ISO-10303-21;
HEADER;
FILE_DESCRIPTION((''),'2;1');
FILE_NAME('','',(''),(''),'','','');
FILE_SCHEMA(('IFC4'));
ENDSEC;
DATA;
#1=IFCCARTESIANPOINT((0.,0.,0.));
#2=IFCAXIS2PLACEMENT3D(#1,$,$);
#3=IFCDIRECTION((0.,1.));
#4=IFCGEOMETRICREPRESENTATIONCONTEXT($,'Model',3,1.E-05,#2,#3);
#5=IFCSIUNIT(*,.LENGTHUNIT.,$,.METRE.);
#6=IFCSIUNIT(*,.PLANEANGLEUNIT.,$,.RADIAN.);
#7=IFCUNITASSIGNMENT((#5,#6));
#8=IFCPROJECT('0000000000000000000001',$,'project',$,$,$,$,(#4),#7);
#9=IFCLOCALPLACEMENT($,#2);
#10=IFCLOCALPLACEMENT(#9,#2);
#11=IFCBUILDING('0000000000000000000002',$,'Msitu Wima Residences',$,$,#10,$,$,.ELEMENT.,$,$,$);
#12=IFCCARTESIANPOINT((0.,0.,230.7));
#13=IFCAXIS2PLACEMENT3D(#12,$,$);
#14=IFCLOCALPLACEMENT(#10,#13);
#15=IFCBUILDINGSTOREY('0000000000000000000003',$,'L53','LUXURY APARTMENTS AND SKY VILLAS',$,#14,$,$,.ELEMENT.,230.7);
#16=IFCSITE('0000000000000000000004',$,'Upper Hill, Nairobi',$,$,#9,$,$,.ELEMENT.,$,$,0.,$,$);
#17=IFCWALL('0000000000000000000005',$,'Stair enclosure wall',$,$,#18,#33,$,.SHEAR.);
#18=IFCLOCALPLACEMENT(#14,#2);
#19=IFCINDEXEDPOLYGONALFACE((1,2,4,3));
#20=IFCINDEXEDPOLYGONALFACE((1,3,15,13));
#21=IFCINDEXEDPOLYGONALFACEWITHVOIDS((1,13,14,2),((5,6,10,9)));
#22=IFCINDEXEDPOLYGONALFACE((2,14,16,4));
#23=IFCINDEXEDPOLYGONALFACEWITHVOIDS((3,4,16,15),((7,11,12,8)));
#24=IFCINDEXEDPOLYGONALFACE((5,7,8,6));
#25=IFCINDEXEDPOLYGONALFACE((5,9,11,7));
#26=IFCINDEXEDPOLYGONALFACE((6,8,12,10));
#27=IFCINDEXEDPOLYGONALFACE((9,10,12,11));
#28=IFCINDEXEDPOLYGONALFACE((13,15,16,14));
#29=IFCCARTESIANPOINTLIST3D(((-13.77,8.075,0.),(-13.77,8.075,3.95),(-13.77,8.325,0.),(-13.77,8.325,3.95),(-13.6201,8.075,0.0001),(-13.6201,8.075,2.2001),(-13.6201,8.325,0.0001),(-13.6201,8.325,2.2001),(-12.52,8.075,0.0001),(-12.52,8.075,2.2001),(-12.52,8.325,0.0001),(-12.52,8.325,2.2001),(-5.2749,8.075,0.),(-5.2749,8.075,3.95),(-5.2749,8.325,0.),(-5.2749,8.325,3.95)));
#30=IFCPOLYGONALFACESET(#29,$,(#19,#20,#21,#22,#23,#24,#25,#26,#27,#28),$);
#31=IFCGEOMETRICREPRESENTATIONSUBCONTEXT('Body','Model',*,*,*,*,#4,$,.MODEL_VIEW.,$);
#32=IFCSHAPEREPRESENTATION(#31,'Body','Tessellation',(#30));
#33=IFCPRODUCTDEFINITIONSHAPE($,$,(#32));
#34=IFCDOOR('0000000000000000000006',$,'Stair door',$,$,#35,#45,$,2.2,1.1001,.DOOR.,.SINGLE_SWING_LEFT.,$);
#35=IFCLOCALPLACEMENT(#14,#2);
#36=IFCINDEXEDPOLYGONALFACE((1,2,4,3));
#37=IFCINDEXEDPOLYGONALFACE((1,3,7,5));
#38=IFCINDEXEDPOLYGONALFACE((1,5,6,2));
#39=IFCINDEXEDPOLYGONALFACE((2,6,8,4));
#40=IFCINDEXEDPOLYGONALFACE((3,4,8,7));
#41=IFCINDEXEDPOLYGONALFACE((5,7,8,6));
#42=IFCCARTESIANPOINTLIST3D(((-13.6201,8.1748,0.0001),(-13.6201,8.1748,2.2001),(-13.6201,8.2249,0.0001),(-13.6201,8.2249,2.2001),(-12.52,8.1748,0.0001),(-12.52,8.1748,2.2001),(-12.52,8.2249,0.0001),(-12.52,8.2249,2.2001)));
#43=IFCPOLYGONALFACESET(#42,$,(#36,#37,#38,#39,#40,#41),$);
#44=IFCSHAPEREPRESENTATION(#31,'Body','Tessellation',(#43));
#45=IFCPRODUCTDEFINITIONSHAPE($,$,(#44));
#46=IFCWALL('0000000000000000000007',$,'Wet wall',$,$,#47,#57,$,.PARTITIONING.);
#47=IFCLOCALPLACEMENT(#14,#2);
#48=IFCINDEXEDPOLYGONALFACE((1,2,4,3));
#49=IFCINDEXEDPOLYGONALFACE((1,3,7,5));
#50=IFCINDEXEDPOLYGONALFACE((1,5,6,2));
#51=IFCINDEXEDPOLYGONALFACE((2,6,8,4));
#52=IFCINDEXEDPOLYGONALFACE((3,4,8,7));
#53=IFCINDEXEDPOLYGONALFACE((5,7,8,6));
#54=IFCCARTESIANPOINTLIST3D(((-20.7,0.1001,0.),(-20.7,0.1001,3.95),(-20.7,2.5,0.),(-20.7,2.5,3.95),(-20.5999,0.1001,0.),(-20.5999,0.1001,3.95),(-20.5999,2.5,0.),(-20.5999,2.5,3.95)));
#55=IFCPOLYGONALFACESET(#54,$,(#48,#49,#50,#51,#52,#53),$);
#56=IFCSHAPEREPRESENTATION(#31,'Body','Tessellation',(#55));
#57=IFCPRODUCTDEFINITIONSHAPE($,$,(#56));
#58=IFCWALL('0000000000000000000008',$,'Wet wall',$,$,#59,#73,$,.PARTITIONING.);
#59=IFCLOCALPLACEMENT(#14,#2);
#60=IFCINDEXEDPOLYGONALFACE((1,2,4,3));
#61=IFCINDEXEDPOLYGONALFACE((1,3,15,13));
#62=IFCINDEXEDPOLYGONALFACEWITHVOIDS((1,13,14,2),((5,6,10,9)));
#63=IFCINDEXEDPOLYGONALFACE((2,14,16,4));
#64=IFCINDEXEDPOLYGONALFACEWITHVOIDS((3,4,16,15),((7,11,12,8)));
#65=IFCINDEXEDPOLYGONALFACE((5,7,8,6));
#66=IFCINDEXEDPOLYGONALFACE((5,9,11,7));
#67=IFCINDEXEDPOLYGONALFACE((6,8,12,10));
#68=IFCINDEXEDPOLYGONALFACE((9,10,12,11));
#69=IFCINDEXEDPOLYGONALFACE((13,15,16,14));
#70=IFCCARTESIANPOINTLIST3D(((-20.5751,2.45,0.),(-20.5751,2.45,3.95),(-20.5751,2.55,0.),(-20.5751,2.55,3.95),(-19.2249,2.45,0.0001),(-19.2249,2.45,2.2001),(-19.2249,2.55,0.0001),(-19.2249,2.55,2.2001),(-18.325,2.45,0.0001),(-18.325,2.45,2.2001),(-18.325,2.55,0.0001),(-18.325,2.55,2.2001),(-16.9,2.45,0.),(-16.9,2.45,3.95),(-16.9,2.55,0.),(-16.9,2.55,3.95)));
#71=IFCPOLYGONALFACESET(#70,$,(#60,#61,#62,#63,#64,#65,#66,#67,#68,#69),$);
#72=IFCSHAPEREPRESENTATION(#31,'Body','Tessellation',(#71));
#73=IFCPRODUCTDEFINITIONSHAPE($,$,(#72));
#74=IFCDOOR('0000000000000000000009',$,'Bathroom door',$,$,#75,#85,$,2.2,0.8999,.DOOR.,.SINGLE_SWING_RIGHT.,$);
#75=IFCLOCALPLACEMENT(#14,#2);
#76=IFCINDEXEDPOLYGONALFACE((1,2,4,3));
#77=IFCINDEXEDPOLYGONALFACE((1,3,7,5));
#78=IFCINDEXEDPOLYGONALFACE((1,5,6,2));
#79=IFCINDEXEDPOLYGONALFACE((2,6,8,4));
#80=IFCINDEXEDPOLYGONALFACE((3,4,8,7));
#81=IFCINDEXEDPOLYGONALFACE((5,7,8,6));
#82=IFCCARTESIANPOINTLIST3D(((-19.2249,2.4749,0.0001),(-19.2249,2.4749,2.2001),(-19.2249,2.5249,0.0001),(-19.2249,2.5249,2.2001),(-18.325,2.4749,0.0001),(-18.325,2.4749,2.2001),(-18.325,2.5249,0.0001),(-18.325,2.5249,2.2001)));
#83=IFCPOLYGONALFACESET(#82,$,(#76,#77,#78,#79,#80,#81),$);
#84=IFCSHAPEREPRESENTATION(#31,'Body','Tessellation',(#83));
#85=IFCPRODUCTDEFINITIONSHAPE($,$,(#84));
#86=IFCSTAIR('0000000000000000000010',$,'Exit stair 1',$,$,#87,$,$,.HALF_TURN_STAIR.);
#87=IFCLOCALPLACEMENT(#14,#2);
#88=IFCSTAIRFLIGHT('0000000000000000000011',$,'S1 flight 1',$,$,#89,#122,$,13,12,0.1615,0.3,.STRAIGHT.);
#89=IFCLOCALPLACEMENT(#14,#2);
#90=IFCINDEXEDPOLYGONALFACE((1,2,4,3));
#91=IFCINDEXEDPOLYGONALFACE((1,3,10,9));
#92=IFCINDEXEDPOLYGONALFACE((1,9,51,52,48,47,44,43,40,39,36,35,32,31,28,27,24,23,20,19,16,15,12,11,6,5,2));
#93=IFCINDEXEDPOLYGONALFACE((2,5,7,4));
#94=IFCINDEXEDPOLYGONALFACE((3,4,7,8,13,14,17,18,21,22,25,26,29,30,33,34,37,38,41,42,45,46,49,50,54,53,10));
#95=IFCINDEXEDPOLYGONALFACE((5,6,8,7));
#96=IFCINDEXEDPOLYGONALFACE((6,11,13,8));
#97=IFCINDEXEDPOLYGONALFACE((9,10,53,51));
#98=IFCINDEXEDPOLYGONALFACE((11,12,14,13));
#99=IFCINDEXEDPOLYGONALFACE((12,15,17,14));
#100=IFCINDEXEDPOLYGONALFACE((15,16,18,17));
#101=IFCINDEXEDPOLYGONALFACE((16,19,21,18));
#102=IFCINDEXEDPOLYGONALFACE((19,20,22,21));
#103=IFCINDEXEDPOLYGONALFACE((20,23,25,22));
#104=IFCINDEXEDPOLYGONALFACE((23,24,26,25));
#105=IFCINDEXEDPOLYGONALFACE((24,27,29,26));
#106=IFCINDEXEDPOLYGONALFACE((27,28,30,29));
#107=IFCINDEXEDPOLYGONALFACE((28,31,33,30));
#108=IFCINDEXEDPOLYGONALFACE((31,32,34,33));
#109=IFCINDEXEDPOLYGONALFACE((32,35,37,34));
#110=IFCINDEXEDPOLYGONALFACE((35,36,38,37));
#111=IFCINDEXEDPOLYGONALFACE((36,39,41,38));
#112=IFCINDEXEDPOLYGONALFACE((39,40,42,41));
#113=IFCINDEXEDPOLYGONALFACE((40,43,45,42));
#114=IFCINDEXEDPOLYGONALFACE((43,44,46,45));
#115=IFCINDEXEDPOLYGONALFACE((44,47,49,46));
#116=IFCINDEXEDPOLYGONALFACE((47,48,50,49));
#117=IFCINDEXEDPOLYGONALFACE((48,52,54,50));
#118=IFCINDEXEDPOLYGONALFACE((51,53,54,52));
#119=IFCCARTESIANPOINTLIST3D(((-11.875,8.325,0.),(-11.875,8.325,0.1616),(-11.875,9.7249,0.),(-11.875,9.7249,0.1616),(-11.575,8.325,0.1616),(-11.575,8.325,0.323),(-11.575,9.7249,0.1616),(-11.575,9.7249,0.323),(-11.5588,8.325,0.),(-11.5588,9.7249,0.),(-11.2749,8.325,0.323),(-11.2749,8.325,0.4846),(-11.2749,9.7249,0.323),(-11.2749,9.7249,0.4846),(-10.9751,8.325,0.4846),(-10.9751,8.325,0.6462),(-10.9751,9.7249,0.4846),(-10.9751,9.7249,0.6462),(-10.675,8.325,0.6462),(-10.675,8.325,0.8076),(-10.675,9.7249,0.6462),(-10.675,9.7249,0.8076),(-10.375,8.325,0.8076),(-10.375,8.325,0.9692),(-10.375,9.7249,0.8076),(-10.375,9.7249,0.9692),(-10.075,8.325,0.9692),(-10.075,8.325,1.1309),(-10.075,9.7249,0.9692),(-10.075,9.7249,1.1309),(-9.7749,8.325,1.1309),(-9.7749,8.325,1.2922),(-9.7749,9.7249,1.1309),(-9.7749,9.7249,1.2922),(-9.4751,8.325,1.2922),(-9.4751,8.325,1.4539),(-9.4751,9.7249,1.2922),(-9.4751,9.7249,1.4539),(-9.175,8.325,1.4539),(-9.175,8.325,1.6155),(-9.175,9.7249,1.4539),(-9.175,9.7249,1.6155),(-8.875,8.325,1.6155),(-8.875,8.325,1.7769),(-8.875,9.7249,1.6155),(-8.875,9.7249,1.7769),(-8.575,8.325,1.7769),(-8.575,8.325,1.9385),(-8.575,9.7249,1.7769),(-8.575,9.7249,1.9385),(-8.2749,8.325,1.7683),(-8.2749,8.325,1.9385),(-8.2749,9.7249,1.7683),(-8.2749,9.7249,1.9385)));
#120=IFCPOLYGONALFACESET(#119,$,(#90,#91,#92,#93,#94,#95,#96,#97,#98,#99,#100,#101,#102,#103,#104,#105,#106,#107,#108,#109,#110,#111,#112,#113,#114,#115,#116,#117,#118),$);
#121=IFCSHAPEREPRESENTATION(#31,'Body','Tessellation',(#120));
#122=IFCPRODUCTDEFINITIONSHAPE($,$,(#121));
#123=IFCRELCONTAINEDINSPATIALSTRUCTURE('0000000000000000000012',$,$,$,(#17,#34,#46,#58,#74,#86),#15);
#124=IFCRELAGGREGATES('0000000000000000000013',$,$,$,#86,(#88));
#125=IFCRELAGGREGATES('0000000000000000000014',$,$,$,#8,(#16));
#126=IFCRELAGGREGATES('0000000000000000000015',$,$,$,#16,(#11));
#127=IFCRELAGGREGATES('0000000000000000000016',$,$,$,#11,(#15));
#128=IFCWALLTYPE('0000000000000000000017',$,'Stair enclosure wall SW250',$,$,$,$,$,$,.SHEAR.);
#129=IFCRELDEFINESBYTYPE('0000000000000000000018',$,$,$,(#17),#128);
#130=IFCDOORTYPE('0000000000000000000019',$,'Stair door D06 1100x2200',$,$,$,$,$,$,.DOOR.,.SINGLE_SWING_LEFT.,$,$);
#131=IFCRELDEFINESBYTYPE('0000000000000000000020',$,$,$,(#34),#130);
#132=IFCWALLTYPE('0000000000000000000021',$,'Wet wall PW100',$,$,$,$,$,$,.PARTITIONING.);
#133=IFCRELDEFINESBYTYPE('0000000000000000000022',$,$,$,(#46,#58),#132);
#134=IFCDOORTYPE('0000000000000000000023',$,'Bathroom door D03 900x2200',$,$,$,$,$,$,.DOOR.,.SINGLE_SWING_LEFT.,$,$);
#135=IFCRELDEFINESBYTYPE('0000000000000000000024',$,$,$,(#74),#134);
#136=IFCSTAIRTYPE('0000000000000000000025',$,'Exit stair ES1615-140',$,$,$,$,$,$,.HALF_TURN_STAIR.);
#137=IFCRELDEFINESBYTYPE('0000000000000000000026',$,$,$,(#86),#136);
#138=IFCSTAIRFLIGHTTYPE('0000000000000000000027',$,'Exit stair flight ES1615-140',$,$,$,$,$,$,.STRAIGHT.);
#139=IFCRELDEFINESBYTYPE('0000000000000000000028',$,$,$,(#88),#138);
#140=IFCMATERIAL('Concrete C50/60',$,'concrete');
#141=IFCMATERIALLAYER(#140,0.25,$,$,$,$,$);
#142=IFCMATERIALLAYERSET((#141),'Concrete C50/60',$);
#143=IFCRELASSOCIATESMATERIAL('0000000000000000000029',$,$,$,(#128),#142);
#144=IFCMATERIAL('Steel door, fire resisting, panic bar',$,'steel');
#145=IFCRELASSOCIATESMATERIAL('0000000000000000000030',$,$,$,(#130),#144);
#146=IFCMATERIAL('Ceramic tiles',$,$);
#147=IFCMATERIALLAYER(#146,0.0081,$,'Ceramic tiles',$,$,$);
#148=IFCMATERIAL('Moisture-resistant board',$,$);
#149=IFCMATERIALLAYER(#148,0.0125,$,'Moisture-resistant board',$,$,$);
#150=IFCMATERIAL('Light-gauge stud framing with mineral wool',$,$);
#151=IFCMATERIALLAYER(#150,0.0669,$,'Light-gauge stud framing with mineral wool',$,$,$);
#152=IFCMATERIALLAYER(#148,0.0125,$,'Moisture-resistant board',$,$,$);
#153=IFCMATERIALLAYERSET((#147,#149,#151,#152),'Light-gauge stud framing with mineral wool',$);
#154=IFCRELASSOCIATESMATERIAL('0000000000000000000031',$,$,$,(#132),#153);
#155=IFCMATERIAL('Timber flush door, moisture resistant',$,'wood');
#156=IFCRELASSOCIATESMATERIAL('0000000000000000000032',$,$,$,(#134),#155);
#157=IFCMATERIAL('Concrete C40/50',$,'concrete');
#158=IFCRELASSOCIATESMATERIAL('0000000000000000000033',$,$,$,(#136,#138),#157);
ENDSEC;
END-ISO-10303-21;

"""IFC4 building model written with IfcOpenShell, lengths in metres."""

from ifc_helpers import new_model, si_unit, direction, frame, frame_2d, origin, place, context, subcontext, project, spatial, polyline, rectangle, outline, extrude, material, layer, layer_set, type_object, element, fill, aggregate, save


model = new_model("IFC4")

# Units and contexts
model_context = context("Model", 3, precision=1e-05, world=origin(), true_north=direction((0.0, 1.0)))
body_context = subcontext(model_context, "Body", "Model", "MODEL_VIEW")
ifc_project = project(units=[si_unit("LENGTHUNIT", "METRE"), si_unit("PLANEANGLEUNIT", "RADIAN")], contexts=[model_context])

# Site, building, storey
site_placement = place(None, origin())
site = spatial("IfcSite", under=ifc_project, at=site_placement, Name="Upper Hill, Nairobi", CompositionType="ELEMENT", RefElevation=0.0)
building_placement = place(site_placement, origin())
building = spatial("IfcBuilding", under=site, at=building_placement, Name="Msitu Wima Residences", CompositionType="ELEMENT")
storey_placement = place(building_placement, frame((0.0, 0.0, 230.7)))
storey = spatial("IfcBuildingStorey", under=building, at=storey_placement, Name="L53", Description="LUXURY APARTMENTS AND SKY VILLAS", CompositionType="ELEMENT", Elevation=230.7)

# Shared definitions
ifc_material_1 = material(Name="Concrete C50/60", Category="concrete")

# Shared definitions
ifc_material_2 = material(Name="Light-gauge stud framing with mineral wool")

# Wall, opening, door
ifc_layer_1 = layer(ifc_material_1, 0.25)
ifc_layer_set_1 = layer_set([ifc_layer_1], Name="Concrete C50/60")
wall_type_1 = type_object("IfcWallType", Name="Stair enclosure wall SW250", PredefinedType="SHEAR", material=ifc_layer_set_1)
wall_1_placement = place(storey_placement, frame((-13.77, 8.2, 0.0), z_axis=(0.0, 0.0, 1.0), x_axis=(1.0, 0.0, 0.0)))
wall_1 = element("IfcWall", 1, at=wall_1_placement, inside=storey, type_object=wall_type_1, Name="Stair enclosure wall", PredefinedType="SHEAR", context=body_context, shape_type="SweptSolid", body=[
    extrude(rectangle(XDim=8.4951, YDim=0.25, at=frame_2d((4.2476, 0.0))), origin(), (0.0, 0.0, 1.0), 3.95),
])
opening_1_placement = place(wall_1_placement, frame((0.1499, 0.0, 0.0)))
opening_1 = element("IfcOpeningElement", 2, at=opening_1_placement, cuts=wall_1, PredefinedType="OPENING", context=body_context, shape_type="SweptSolid", body=[
    extrude(rectangle(XDim=1.1001, YDim=2.2, at=frame_2d((0.55, 1.1001))), frame((0.0, 0.135, 0.0), z_axis=(0.0, -1.0, 0.0), x_axis=(1.0, 0.0, 0.0)), (0.0, 0.0, 1.0), 0.27),
])
ifc_material_3 = material(Name="Steel door, fire resisting, panic bar", Category="steel")
door_type_1 = type_object("IfcDoorType", Name="Stair door D06 1100x2200", OperationType="SINGLE_SWING_LEFT", PredefinedType="DOOR", material=ifc_material_3)
door_1_placement = place(opening_1_placement, origin())
door_1 = element("IfcDoor", 3, at=door_1_placement, inside=storey, type_object=door_type_1, Name="Stair door", OperationType="SINGLE_SWING_LEFT", OverallHeight=2.2, OverallWidth=1.1001, PredefinedType="DOOR", context=body_context, shape_type="SweptSolid", body=[
    extrude(rectangle(XDim=1.1001, YDim=2.2, at=frame_2d((0.55, 1.1001))), frame((0.0, 0.0249, 0.0), z_axis=(0.0, -1.0, 0.0), x_axis=(1.0, 0.0, 0.0)), (0.0, 0.0, 1.0), 0.05),
])
fill(opening_1, door_1)

# Wall
ifc_material_4 = material(Name="Ceramic tiles")
ifc_layer_2 = layer(ifc_material_4, 0.0081, Name="Ceramic tiles")
ifc_material_5 = material(Name="Moisture-resistant board")
ifc_layer_3 = layer(ifc_material_5, 0.0125, Name="Moisture-resistant board")
ifc_layer_4 = layer(ifc_material_2, 0.0669, Name="Light-gauge stud framing with mineral wool")
ifc_layer_5 = layer(ifc_material_5, 0.0125, Name="Moisture-resistant board")
ifc_layer_set_2 = layer_set([ifc_layer_2, ifc_layer_3, ifc_layer_4, ifc_layer_5], Name="Light-gauge stud framing with mineral wool")
wall_type_2 = type_object("IfcWallType", Name="Wet wall PW100", PredefinedType="PARTITIONING", material=ifc_layer_set_2)
wall_2_placement = place(storey_placement, frame((-20.6499, 0.1001, 0.0), z_axis=(0.0, 0.0, 1.0), x_axis=(0.0, 1.0, 0.0)))
element("IfcWall", 4, at=wall_2_placement, inside=storey, type_object=wall_type_2, Name="Wet wall", PredefinedType="PARTITIONING", context=body_context, shape_type="SweptSolid", body=[
    extrude(rectangle(XDim=2.3999, YDim=0.1001, at=frame_2d((1.2, 0.0))), origin(), (0.0, 0.0, 1.0), 3.95),
])

# Wall, opening, door
wall_3_placement = place(storey_placement, frame((-20.575, 2.5, 0.0), z_axis=(0.0, 0.0, 1.0), x_axis=(1.0, 0.0, 0.0)))
wall_3 = element("IfcWall", 5, at=wall_3_placement, inside=storey, type_object=wall_type_2, Name="Wet wall", PredefinedType="PARTITIONING", context=body_context, shape_type="SweptSolid", body=[
    extrude(rectangle(XDim=3.675, YDim=0.1001, at=frame_2d((1.8374, 0.0))), origin(), (0.0, 0.0, 1.0), 3.95),
])
opening_2_placement = place(wall_3_placement, frame((1.3501, 0.0, 0.0)))
opening_2 = element("IfcOpeningElement", 6, at=opening_2_placement, cuts=wall_3, PredefinedType="OPENING", context=body_context, shape_type="SweptSolid", body=[
    extrude(rectangle(XDim=0.8999, YDim=2.2, at=frame_2d((0.45, 1.1001))), frame((0.0, 0.0601, 0.0), z_axis=(0.0, -1.0, 0.0), x_axis=(1.0, 0.0, 0.0)), (0.0, 0.0, 1.0), 0.1201),
])
ifc_material_6 = material(Name="Timber flush door, moisture resistant", Category="wood")
door_type_2 = type_object("IfcDoorType", Name="Bathroom door D03 900x2200", OperationType="SINGLE_SWING_LEFT", PredefinedType="DOOR", material=ifc_material_6)
door_2_placement = place(opening_2_placement, origin())
door_2 = element("IfcDoor", 7, at=door_2_placement, inside=storey, type_object=door_type_2, Name="Bathroom door", OperationType="SINGLE_SWING_RIGHT", OverallHeight=2.2, OverallWidth=0.8999, PredefinedType="DOOR", context=body_context, shape_type="SweptSolid", body=[
    extrude(rectangle(XDim=0.8999, YDim=2.2, at=frame_2d((0.45, 1.1001))), frame((0.0, 0.0249, 0.0), z_axis=(0.0, -1.0, 0.0), x_axis=(1.0, 0.0, 0.0)), (0.0, 0.0, 1.0), 0.05),
])
fill(opening_2, door_2)

# Stair, stair flight
ifc_material_7 = material(Name="Concrete C40/50", Category="concrete")
stair_type = type_object("IfcStairType", Name="Exit stair ES1615-140", PredefinedType="HALF_TURN_STAIR", material=ifc_material_7)
stair_placement = place(storey_placement, origin())
stair = element("IfcStair", 8, at=stair_placement, inside=storey, type_object=stair_type, Name="Exit stair 1", PredefinedType="HALF_TURN_STAIR")
stair_flight_type = type_object("IfcStairFlightType", Name="Exit stair flight ES1615-140", PredefinedType="STRAIGHT", material=ifc_material_7)
stair_flight_placement = place(storey_placement, frame((-11.875, 9.0249, 0.0), z_axis=(0.0, 0.0, 1.0), x_axis=(1.0, 0.0, 0.0)))
stair_flight = element("IfcStairFlight", 9, at=stair_flight_placement, type_object=stair_flight_type, Name="S1 flight 1", NumberOfRisers=13, NumberOfTreads=12, PredefinedType="STRAIGHT", RiserHeight=0.1615, TreadLength=0.3, context=body_context, shape_type="SweptSolid", body=[
    extrude(outline(polyline([(0.0, 0.0), (0.0, 0.1616), (0.3, 0.1616), (0.3, 0.323), (0.6001, 0.323), (0.6001, 0.4846), (0.8999, 0.4846), (0.8999, 0.6462), (1.2, 0.6462), (1.2, 0.8076), (1.5, 0.8076), (1.5, 0.9692), (1.8, 0.9692), (1.8, 1.1309), (2.1001, 1.1309), (2.1001, 1.2922), (2.3999, 1.2922), (2.3999, 1.4539), (2.7, 1.4539), (2.7, 1.6155), (3.0, 1.6155), (3.0, 1.7769), (3.3, 1.7769), (3.3, 1.9385), (3.6001, 1.9385), (3.6001, 2.1001), (3.6001, 1.7683), (0.3162, 0.0), (0.0, 0.0)])), frame((0.0, 0.7, 0.0), z_axis=(0.0, -1.0, 0.0), x_axis=(1.0, 0.0, 0.0)), (0.0, 0.0, 1.0), 1.3999),
])
aggregate(stair, [stair_flight])

save(model, "model.ifc")
